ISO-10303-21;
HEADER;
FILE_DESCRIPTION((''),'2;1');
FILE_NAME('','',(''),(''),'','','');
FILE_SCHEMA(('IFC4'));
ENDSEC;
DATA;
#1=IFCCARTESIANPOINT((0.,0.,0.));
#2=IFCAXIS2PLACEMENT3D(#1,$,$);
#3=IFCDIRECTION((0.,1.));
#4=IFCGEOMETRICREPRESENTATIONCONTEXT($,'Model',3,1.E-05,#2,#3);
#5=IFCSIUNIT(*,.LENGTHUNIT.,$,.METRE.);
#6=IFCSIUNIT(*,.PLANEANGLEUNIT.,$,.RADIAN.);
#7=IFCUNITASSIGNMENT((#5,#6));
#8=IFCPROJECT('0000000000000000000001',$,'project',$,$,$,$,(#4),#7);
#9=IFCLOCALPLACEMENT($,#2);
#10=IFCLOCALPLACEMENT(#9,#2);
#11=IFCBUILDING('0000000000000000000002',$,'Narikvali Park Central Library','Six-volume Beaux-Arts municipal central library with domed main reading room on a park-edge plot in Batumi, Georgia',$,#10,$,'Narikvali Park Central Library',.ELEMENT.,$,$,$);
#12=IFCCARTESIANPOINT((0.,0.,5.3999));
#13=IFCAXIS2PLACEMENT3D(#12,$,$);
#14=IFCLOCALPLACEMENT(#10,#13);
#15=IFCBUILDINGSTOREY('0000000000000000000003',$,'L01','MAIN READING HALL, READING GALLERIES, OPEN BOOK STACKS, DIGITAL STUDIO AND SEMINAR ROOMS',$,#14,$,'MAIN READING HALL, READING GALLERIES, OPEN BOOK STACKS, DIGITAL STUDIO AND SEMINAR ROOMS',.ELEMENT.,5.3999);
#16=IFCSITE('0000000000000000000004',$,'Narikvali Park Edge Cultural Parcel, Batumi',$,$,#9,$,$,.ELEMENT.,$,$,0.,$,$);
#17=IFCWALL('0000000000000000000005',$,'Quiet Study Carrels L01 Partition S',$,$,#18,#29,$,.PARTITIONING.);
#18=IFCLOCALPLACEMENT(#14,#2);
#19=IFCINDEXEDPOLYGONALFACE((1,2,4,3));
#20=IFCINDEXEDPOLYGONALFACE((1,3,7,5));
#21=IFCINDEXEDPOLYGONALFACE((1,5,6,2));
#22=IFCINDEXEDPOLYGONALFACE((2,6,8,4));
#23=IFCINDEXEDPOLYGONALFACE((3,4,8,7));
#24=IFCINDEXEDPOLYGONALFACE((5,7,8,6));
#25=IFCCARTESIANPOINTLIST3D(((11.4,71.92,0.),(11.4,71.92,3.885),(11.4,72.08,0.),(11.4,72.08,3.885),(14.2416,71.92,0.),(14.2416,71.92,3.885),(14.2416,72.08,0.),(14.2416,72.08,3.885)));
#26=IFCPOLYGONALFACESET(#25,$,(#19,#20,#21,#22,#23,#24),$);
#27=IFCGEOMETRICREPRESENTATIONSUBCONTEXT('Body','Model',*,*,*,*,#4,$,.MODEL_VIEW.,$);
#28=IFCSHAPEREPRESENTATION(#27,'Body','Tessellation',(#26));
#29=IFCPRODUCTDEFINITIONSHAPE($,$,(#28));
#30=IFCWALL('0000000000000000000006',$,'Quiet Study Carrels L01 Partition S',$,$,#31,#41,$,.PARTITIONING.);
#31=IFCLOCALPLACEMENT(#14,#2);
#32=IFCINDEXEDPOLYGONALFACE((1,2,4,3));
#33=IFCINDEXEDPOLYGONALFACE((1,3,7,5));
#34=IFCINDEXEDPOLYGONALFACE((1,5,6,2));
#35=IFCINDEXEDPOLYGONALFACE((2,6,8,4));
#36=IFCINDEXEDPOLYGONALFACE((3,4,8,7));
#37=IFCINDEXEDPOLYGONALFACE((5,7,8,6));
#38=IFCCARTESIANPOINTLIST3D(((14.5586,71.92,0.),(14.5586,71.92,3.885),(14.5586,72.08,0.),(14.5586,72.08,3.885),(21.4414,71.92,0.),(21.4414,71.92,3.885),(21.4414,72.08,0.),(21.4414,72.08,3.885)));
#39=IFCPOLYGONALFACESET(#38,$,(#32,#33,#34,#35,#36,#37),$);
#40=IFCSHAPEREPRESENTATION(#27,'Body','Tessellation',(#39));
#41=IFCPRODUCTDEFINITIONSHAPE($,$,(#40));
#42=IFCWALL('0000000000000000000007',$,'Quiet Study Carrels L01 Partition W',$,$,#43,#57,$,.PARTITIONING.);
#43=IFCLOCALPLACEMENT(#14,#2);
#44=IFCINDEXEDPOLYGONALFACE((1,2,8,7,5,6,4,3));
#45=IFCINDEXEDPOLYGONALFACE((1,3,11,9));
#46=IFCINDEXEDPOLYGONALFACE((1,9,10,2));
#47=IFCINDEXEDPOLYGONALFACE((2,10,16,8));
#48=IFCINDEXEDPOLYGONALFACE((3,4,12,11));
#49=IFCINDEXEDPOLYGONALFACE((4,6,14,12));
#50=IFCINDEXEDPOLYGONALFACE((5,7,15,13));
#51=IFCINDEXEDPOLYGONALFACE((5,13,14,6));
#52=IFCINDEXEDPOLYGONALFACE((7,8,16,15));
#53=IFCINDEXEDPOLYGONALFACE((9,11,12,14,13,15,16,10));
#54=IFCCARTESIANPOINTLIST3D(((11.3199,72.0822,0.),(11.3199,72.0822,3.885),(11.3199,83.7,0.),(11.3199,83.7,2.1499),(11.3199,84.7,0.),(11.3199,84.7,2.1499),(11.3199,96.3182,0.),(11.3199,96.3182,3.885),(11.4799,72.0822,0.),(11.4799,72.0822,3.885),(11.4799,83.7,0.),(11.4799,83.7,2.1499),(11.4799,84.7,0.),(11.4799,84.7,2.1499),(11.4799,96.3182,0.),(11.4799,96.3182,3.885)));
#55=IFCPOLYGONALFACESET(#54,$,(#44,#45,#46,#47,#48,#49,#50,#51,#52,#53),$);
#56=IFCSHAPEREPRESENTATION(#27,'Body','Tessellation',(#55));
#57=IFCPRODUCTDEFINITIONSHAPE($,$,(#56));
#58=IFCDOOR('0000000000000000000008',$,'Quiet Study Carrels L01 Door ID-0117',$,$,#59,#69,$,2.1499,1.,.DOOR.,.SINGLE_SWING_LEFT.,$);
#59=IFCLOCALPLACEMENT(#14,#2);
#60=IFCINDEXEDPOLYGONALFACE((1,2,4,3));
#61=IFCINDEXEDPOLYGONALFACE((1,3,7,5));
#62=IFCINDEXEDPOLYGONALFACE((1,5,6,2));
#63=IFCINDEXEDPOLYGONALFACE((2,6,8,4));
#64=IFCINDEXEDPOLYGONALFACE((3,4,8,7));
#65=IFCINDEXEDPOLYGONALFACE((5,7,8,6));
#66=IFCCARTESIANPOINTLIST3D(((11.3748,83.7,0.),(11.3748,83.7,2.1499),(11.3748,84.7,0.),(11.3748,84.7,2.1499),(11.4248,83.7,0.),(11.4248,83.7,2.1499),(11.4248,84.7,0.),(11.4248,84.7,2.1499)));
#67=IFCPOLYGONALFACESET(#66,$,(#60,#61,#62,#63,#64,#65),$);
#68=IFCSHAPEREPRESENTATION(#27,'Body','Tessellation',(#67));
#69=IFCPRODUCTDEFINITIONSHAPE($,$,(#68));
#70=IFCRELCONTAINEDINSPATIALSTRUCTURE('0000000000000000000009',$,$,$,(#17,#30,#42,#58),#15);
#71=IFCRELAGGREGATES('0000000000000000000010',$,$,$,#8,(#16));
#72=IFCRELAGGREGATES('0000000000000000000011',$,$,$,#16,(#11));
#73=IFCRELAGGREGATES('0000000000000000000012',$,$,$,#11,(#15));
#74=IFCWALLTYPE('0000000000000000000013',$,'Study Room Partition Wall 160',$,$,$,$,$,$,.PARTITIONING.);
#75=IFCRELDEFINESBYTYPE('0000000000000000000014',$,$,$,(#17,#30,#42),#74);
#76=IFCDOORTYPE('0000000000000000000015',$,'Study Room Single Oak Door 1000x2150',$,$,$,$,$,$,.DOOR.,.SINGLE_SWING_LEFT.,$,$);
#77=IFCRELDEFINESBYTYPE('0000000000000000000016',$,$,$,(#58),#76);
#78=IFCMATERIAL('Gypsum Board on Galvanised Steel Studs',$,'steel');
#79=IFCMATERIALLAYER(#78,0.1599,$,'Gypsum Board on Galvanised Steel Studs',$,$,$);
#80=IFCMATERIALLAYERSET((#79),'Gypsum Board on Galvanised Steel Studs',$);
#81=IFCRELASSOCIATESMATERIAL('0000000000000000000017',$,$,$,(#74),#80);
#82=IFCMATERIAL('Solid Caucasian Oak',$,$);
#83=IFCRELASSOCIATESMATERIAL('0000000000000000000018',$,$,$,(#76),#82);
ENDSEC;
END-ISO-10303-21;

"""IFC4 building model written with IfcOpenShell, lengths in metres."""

from ifc_helpers import new_model, si_unit, direction, frame, frame_2d, origin, place, context, subcontext, project, spatial, rectangle, extrude, material, layer, layer_set, type_object, element, fill, save


model = new_model("IFC4")

# Units and contexts
model_context = context("Model", 3, precision=1e-05, world=origin(), true_north=direction((0.0, 1.0)))
body_context = subcontext(model_context, "Body", "Model", "MODEL_VIEW")
ifc_project = project(units=[si_unit("LENGTHUNIT", "METRE"), si_unit("PLANEANGLEUNIT", "RADIAN")], contexts=[model_context])

# Site, building, storey
site_placement = place(None, origin())
site = spatial("IfcSite", under=ifc_project, at=site_placement, Name="Narikvali Park Edge Cultural Parcel, Batumi", CompositionType="ELEMENT", RefElevation=0.0)
building_placement = place(site_placement, origin())
building = spatial("IfcBuilding", under=site, at=building_placement, Name="Narikvali Park Central Library", Description="Six-volume Beaux-Arts municipal central library with domed main reading room on a park-edge plot in Batumi, Georgia", LongName="Narikvali Park Central Library", CompositionType="ELEMENT")
storey_placement = place(building_placement, frame((0.0, 0.0, 5.3999)))
storey = spatial("IfcBuildingStorey", under=building, at=storey_placement, Name="L01", Description="MAIN READING HALL, READING GALLERIES, OPEN BOOK STACKS, DIGITAL STUDIO AND SEMINAR ROOMS", LongName="MAIN READING HALL, READING GALLERIES, OPEN BOOK STACKS, DIGITAL STUDIO AND SEMINAR ROOMS", CompositionType="ELEMENT", Elevation=5.3999)

# Walls
ifc_material_1 = material(Name="Gypsum Board on Galvanised Steel Studs", Category="steel")
ifc_layer_1 = layer(ifc_material_1, 0.1599, Name="Gypsum Board on Galvanised Steel Studs")
ifc_layer_set_1 = layer_set([ifc_layer_1], Name="Gypsum Board on Galvanised Steel Studs")
wall_type_1 = type_object("IfcWallType", Name="Study Room Partition Wall 160", PredefinedType="PARTITIONING", material=ifc_layer_set_1)
wall_1_placement = place(storey_placement, frame((11.3999, 72.0, 0.0), z_axis=(0.0, 0.0, 1.0), x_axis=(1.0, 0.0, 0.0)))
element("IfcWall", 1, at=wall_1_placement, inside=storey, type_object=wall_type_1, Name="Quiet Study Carrels L01 Partition S", PredefinedType="PARTITIONING", context=body_context, shape_type="SweptSolid", body=[
    extrude(rectangle(XDim=2.8416, YDim=0.1599, at=frame_2d((1.4209, 0.0))), origin(), (0.0, 0.0, 1.0), 3.885),
])
wall_2_placement = place(storey_placement, frame((14.5586, 72.0, 0.0), z_axis=(0.0, 0.0, 1.0), x_axis=(1.0, 0.0, 0.0)))
element("IfcWall", 2, at=wall_2_placement, inside=storey, type_object=wall_type_1, Name="Quiet Study Carrels L01 Partition S", PredefinedType="PARTITIONING", context=body_context, shape_type="SweptSolid", body=[
    extrude(rectangle(XDim=6.8828, YDim=0.1599, at=frame_2d((3.4414, 0.0))), origin(), (0.0, 0.0, 1.0), 3.885),
])

# Wall, opening, door
wall_3_placement = place(storey_placement, frame((11.3999, 72.082, 0.0), z_axis=(0.0, 0.0, 1.0), x_axis=(0.0, 1.0, 0.0)))
wall_3 = element("IfcWall", 3, at=wall_3_placement, inside=storey, type_object=wall_type_1, Name="Quiet Study Carrels L01 Partition W", PredefinedType="PARTITIONING", context=body_context, shape_type="SweptSolid", body=[
    extrude(rectangle(XDim=24.2361, YDim=0.1599, at=frame_2d((12.1182, 0.0))), origin(), (0.0, 0.0, 1.0), 3.885),
])
opening_1_placement = place(wall_3_placement, frame((11.6179, 0.0, 0.0)))
opening_1 = element("IfcOpeningElement", 4, at=opening_1_placement, cuts=wall_3, PredefinedType="OPENING", context=body_context, shape_type="SweptSolid", body=[
    extrude(rectangle(XDim=1.0, YDim=2.1499, at=frame_2d((0.5, 1.075))), frame((0.0, 0.0918, 0.0), z_axis=(0.0, -1.0, 0.0), x_axis=(1.0, 0.0, 0.0)), (0.0, 0.0, 1.0), 0.1838),
])
ifc_material_2 = material(Name="Solid Caucasian Oak")
door_type_1 = type_object("IfcDoorType", Name="Study Room Single Oak Door 1000x2150", OperationType="SINGLE_SWING_LEFT", PredefinedType="DOOR", material=ifc_material_2)
door_1_placement = place(opening_1_placement, frame((1.0, 0.0, 0.0), z_axis=(0.0, 0.0, 1.0), x_axis=(-1.0, 0.0, 0.0)))
door_1 = element("IfcDoor", 5, at=door_1_placement, inside=storey, type_object=door_type_1, Name="Quiet Study Carrels L01 Door ID-0117", OperationType="SINGLE_SWING_LEFT", OverallHeight=2.1499, OverallWidth=1.0, PredefinedType="DOOR", context=body_context, shape_type="SweptSolid", body=[
    extrude(rectangle(XDim=1.0, YDim=2.1499, at=frame_2d((0.5, 1.075))), frame((0.0, 0.0249, 0.0), z_axis=(0.0, -1.0, 0.0), x_axis=(1.0, 0.0, 0.0)), (0.0, 0.0, 1.0), 0.05),
])
fill(opening_1, door_1)

save(model, "model.ifc")
